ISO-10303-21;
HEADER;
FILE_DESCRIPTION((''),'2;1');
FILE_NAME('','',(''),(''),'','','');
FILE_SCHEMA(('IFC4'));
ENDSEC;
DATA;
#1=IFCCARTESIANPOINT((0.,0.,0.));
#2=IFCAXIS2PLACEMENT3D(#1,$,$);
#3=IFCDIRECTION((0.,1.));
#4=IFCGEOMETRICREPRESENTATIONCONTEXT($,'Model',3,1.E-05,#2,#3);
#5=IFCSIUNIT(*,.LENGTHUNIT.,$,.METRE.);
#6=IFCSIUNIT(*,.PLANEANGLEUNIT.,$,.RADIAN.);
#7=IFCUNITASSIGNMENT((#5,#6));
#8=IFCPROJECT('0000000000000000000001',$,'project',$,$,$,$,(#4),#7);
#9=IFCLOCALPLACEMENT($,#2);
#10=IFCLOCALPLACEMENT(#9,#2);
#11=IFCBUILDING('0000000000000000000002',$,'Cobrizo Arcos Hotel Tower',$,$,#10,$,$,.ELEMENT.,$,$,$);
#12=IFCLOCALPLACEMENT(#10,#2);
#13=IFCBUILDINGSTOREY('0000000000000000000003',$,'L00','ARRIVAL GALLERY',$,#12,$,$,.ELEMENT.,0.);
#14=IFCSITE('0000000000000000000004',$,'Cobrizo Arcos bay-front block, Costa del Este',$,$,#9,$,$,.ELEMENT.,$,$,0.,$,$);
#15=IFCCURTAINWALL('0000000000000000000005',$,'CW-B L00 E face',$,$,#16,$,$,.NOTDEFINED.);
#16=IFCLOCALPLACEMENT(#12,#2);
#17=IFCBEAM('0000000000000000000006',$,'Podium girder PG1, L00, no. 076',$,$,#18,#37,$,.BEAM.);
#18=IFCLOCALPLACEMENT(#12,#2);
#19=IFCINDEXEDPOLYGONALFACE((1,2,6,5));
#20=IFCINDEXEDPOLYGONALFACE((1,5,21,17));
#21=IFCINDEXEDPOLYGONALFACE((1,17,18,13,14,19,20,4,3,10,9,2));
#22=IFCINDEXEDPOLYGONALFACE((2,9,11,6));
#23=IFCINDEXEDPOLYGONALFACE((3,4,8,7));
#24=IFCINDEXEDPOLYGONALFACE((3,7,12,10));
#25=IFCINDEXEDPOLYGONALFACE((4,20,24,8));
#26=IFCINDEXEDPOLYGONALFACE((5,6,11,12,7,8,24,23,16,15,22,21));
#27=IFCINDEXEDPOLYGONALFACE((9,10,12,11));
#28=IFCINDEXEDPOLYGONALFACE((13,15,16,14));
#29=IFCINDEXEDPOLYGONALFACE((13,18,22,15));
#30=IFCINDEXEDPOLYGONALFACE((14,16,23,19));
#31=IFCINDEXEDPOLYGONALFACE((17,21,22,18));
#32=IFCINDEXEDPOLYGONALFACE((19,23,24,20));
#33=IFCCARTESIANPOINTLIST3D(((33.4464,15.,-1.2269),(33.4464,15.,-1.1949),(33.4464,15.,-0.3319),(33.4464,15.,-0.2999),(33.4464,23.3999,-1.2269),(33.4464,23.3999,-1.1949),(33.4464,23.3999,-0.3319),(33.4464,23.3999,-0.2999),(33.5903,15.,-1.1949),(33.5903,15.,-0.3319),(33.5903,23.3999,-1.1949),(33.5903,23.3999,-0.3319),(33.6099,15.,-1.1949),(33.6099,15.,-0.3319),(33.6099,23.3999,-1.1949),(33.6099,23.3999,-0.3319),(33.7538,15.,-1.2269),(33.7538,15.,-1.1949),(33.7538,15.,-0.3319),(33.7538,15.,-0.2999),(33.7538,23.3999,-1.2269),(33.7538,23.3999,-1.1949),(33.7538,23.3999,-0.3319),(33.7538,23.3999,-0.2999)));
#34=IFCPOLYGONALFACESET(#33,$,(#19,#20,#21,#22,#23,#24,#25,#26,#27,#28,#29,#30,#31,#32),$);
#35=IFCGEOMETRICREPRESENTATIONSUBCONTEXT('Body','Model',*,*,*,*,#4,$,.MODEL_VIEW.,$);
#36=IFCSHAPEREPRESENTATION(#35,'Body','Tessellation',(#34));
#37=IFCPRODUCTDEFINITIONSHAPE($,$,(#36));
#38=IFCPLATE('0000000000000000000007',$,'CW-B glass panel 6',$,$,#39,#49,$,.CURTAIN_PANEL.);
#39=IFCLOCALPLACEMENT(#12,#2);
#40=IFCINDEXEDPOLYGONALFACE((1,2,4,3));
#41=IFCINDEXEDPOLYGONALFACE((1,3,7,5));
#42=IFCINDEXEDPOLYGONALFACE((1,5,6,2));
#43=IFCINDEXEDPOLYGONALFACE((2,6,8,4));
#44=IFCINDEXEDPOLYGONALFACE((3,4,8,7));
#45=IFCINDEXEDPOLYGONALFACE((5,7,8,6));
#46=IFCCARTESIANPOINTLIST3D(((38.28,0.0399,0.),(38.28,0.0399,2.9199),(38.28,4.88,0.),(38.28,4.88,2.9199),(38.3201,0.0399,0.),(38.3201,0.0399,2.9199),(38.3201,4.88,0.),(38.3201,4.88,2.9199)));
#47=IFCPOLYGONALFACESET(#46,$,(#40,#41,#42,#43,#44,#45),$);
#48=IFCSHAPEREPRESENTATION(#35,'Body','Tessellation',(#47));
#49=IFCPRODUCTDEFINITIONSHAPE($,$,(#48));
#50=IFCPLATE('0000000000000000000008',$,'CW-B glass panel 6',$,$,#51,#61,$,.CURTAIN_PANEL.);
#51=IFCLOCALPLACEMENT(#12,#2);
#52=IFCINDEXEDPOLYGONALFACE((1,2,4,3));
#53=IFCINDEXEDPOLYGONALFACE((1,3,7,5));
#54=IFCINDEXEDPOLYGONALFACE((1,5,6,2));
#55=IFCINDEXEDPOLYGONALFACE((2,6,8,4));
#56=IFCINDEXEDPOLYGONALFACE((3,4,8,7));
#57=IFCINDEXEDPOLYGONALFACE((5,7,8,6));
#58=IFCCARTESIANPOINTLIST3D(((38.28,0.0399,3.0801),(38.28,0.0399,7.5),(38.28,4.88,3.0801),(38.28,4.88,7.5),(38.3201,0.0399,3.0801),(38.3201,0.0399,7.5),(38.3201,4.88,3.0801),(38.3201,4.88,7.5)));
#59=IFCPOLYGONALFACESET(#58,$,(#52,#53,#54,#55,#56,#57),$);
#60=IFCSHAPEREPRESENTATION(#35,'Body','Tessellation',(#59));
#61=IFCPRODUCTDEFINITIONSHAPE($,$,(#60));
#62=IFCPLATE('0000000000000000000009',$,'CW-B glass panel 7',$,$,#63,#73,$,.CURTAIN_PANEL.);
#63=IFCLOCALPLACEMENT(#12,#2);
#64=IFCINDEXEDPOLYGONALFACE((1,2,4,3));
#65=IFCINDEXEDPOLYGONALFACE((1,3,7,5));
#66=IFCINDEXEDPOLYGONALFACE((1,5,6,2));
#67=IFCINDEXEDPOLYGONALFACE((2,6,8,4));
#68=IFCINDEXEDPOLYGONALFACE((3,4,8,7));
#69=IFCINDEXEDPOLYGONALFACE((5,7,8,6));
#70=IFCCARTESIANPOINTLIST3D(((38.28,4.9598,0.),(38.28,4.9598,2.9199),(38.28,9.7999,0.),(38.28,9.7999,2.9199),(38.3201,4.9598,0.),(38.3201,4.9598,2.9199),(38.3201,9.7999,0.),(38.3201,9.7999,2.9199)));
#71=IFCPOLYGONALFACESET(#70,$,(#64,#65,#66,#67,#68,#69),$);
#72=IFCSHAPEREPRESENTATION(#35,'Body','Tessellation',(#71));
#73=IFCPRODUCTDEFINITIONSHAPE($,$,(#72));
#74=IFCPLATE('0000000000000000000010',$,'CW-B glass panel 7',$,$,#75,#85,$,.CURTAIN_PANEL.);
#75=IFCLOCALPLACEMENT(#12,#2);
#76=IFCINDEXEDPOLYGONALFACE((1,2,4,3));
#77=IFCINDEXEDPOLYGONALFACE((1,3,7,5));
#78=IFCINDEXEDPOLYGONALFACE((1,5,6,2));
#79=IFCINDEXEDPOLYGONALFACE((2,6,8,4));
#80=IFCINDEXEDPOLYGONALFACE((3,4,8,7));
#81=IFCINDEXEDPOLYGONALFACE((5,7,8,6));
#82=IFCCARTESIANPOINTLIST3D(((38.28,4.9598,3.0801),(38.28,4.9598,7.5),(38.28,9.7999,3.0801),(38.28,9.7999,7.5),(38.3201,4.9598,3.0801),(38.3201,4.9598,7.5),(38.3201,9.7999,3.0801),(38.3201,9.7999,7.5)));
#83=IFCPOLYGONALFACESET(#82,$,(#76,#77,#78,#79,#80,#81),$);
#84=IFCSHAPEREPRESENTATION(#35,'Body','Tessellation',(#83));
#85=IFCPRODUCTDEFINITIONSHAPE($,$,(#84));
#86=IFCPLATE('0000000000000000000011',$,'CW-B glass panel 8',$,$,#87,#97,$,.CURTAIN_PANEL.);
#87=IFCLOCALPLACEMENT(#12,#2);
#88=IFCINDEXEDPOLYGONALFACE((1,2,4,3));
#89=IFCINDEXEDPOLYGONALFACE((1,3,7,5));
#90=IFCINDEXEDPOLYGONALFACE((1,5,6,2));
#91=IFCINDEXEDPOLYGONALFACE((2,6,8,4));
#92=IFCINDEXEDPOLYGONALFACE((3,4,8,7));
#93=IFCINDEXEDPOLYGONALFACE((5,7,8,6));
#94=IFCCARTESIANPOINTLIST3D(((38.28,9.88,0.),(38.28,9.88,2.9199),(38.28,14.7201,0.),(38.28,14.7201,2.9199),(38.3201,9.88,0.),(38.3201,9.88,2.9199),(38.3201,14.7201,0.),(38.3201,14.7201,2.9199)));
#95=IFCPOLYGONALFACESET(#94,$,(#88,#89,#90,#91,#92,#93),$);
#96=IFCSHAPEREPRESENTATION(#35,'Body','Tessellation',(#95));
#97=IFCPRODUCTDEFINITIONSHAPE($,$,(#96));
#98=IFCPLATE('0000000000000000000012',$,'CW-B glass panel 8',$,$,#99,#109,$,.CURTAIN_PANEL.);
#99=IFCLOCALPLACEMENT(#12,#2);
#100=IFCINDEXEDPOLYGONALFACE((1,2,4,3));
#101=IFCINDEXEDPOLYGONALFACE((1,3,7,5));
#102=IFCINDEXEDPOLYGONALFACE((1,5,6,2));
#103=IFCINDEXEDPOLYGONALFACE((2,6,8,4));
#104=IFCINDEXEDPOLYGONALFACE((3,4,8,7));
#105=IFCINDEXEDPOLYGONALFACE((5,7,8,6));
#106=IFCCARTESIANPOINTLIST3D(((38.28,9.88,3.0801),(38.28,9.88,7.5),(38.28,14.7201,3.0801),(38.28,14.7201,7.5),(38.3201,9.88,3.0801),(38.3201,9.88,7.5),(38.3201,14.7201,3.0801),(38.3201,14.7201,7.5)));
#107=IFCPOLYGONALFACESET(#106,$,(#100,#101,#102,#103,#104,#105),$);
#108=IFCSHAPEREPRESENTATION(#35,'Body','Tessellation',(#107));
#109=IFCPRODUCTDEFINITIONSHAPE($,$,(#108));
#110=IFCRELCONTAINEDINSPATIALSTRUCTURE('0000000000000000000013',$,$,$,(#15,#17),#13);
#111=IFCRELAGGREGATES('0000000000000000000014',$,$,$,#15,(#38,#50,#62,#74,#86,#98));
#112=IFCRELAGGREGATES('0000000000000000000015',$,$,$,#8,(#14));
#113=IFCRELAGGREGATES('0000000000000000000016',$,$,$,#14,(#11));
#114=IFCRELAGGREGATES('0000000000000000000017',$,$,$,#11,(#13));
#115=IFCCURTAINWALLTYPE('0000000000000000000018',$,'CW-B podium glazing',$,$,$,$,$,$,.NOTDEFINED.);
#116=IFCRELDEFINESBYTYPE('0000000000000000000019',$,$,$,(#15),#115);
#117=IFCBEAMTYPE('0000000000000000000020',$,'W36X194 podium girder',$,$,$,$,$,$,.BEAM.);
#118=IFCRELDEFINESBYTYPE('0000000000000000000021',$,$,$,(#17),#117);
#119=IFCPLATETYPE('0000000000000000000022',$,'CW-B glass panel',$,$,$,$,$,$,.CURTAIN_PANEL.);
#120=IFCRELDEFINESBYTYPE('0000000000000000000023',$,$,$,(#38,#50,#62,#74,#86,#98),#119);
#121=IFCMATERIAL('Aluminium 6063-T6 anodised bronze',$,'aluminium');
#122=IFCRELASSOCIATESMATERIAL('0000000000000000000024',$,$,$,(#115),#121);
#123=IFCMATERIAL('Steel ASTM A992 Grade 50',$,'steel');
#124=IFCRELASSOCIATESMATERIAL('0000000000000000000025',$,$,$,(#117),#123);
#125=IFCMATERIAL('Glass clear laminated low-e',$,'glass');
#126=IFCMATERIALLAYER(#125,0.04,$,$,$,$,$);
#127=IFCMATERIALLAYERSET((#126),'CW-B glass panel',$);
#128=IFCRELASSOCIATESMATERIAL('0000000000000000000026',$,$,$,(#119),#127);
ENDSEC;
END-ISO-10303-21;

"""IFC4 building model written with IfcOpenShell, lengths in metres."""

from ifc_helpers import new_model, si_unit, direction, frame, origin, origin_2d, place, context, subcontext, project, spatial, rectangle, i_section, extrude, material, layer, layer_set, material_profile, profile_set, type_object, element, aggregate, save


model = new_model("IFC4")

# Units and contexts
model_context = context("Model", 3, precision=1e-05, world=origin(), true_north=direction((0.0, 1.0)))
body_context = subcontext(model_context, "Body", "Model", "MODEL_VIEW")
ifc_project = project(units=[si_unit("LENGTHUNIT", "METRE"), si_unit("PLANEANGLEUNIT", "RADIAN")], contexts=[model_context])

# Site, building, storey
site_placement = place(None, origin())
site = spatial("IfcSite", under=ifc_project, at=site_placement, Name="Cobrizo Arcos bay-front block, Costa del Este", CompositionType="ELEMENT", RefElevation=0.0)
building_placement = place(site_placement, origin())
building = spatial("IfcBuilding", under=site, at=building_placement, Name="Cobrizo Arcos Hotel Tower", CompositionType="ELEMENT")
storey_placement = place(building_placement, origin())
storey = spatial("IfcBuildingStorey", under=building, at=storey_placement, Name="L00", Description="ARRIVAL GALLERY", CompositionType="ELEMENT", Elevation=0.0)

# Curtain wall
ifc_material_1 = material(Name="Aluminium 6063-T6 anodised bronze", Category="aluminium")
curtain_wall_type = type_object("IfcCurtainWallType", Name="CW-B podium glazing", PredefinedType="NOTDEFINED", material=ifc_material_1)
curtain_wall_placement = place(storey_placement, origin())
curtain_wall = element("IfcCurtainWall", 1, at=curtain_wall_placement, inside=storey, type_object=curtain_wall_type, Name="CW-B L00 E face", PredefinedType="NOTDEFINED")

# Beam
ifc_material_2 = material(Name="Steel ASTM A992 Grade 50", Category="steel")
ifc_material_profile_1 = material_profile(ifc_material_2, i_section(OverallWidth=0.3074, OverallDepth=0.927, WebThickness=0.0195, FlangeThickness=0.032, at=origin_2d()), Name="W36X194")
ifc_profile_set_1 = profile_set([ifc_material_profile_1], Name="Steel ASTM A992 Grade 50")
beam_type_1 = type_object("IfcBeamType", Name="W36X194 podium girder", PredefinedType="BEAM", material=ifc_profile_set_1)
beam_1_placement = place(storey_placement, frame((33.6001, 15.0, -0.7634), z_axis=(0.0, 1.0, 0.0), x_axis=(-1.0, 0.0, 0.0)))
element("IfcBeam", 2, at=beam_1_placement, inside=storey, type_object=beam_type_1, Name="Podium girder PG1, L00, no. 076", PredefinedType="BEAM", context=body_context, shape_type="SweptSolid", body=[
    extrude(i_section(OverallWidth=0.3074, OverallDepth=0.927, WebThickness=0.0195, FlangeThickness=0.032, at=origin_2d()), origin(), (0.0, 0.0, 1.0), 8.3999),
])

# Plates
ifc_material_3 = material(Name="Glass clear laminated low-e", Category="glass")
ifc_layer = layer(ifc_material_3, 0.04)
ifc_layer_set = layer_set([ifc_layer], Name="CW-B glass panel")
plate_type = type_object("IfcPlateType", Name="CW-B glass panel", PredefinedType="CURTAIN_PANEL", material=ifc_layer_set)
plate_1_placement = place(storey_placement, frame((38.3, 2.46, 0.0), z_axis=(0.0, 0.0, 1.0), x_axis=(0.0, 1.0, 0.0)))
plate_1 = element("IfcPlate", 3, at=plate_1_placement, type_object=plate_type, Name="CW-B glass panel 6", PredefinedType="CURTAIN_PANEL", context=body_context, shape_type="SweptSolid", body=[
    extrude(rectangle(XDim=4.8401, YDim=0.04, at=origin_2d()), origin(), (0.0, 0.0, 1.0), 2.9199),
])
plate_2_placement = place(storey_placement, frame((38.3, 2.46, 3.0801), z_axis=(0.0, 0.0, 1.0), x_axis=(0.0, 1.0, 0.0)))
plate_2 = element("IfcPlate", 4, at=plate_2_placement, type_object=plate_type, Name="CW-B glass panel 6", PredefinedType="CURTAIN_PANEL", context=body_context, shape_type="SweptSolid", body=[
    extrude(rectangle(XDim=4.8401, YDim=0.04, at=origin_2d()), origin(), (0.0, 0.0, 1.0), 4.4199),
])
plate_3_placement = place(storey_placement, frame((38.3, 7.3799, 0.0), z_axis=(0.0, 0.0, 1.0), x_axis=(0.0, 1.0, 0.0)))
plate_3 = element("IfcPlate", 5, at=plate_3_placement, type_object=plate_type, Name="CW-B glass panel 7", PredefinedType="CURTAIN_PANEL", context=body_context, shape_type="SweptSolid", body=[
    extrude(rectangle(XDim=4.8401, YDim=0.04, at=origin_2d()), origin(), (0.0, 0.0, 1.0), 2.9199),
])
plate_4_placement = place(storey_placement, frame((38.3, 7.3799, 3.0801), z_axis=(0.0, 0.0, 1.0), x_axis=(0.0, 1.0, 0.0)))
plate_4 = element("IfcPlate", 6, at=plate_4_placement, type_object=plate_type, Name="CW-B glass panel 7", PredefinedType="CURTAIN_PANEL", context=body_context, shape_type="SweptSolid", body=[
    extrude(rectangle(XDim=4.8401, YDim=0.04, at=origin_2d()), origin(), (0.0, 0.0, 1.0), 4.4199),
])
plate_5_placement = place(storey_placement, frame((38.3, 12.3, 0.0), z_axis=(0.0, 0.0, 1.0), x_axis=(0.0, 1.0, 0.0)))
plate_5 = element("IfcPlate", 7, at=plate_5_placement, type_object=plate_type, Name="CW-B glass panel 8", PredefinedType="CURTAIN_PANEL", context=body_context, shape_type="SweptSolid", body=[
    extrude(rectangle(XDim=4.8401, YDim=0.04, at=origin_2d()), origin(), (0.0, 0.0, 1.0), 2.9199),
])
plate_6_placement = place(storey_placement, frame((38.3, 12.3, 3.0801), z_axis=(0.0, 0.0, 1.0), x_axis=(0.0, 1.0, 0.0)))
plate_6 = element("IfcPlate", 8, at=plate_6_placement, type_object=plate_type, Name="CW-B glass panel 8", PredefinedType="CURTAIN_PANEL", context=body_context, shape_type="SweptSolid", body=[
    extrude(rectangle(XDim=4.8401, YDim=0.04, at=origin_2d()), origin(), (0.0, 0.0, 1.0), 4.4199),
])
aggregate(curtain_wall, [plate_1, plate_2, plate_3, plate_4, plate_5, plate_6])

save(model, "model.ifc")
